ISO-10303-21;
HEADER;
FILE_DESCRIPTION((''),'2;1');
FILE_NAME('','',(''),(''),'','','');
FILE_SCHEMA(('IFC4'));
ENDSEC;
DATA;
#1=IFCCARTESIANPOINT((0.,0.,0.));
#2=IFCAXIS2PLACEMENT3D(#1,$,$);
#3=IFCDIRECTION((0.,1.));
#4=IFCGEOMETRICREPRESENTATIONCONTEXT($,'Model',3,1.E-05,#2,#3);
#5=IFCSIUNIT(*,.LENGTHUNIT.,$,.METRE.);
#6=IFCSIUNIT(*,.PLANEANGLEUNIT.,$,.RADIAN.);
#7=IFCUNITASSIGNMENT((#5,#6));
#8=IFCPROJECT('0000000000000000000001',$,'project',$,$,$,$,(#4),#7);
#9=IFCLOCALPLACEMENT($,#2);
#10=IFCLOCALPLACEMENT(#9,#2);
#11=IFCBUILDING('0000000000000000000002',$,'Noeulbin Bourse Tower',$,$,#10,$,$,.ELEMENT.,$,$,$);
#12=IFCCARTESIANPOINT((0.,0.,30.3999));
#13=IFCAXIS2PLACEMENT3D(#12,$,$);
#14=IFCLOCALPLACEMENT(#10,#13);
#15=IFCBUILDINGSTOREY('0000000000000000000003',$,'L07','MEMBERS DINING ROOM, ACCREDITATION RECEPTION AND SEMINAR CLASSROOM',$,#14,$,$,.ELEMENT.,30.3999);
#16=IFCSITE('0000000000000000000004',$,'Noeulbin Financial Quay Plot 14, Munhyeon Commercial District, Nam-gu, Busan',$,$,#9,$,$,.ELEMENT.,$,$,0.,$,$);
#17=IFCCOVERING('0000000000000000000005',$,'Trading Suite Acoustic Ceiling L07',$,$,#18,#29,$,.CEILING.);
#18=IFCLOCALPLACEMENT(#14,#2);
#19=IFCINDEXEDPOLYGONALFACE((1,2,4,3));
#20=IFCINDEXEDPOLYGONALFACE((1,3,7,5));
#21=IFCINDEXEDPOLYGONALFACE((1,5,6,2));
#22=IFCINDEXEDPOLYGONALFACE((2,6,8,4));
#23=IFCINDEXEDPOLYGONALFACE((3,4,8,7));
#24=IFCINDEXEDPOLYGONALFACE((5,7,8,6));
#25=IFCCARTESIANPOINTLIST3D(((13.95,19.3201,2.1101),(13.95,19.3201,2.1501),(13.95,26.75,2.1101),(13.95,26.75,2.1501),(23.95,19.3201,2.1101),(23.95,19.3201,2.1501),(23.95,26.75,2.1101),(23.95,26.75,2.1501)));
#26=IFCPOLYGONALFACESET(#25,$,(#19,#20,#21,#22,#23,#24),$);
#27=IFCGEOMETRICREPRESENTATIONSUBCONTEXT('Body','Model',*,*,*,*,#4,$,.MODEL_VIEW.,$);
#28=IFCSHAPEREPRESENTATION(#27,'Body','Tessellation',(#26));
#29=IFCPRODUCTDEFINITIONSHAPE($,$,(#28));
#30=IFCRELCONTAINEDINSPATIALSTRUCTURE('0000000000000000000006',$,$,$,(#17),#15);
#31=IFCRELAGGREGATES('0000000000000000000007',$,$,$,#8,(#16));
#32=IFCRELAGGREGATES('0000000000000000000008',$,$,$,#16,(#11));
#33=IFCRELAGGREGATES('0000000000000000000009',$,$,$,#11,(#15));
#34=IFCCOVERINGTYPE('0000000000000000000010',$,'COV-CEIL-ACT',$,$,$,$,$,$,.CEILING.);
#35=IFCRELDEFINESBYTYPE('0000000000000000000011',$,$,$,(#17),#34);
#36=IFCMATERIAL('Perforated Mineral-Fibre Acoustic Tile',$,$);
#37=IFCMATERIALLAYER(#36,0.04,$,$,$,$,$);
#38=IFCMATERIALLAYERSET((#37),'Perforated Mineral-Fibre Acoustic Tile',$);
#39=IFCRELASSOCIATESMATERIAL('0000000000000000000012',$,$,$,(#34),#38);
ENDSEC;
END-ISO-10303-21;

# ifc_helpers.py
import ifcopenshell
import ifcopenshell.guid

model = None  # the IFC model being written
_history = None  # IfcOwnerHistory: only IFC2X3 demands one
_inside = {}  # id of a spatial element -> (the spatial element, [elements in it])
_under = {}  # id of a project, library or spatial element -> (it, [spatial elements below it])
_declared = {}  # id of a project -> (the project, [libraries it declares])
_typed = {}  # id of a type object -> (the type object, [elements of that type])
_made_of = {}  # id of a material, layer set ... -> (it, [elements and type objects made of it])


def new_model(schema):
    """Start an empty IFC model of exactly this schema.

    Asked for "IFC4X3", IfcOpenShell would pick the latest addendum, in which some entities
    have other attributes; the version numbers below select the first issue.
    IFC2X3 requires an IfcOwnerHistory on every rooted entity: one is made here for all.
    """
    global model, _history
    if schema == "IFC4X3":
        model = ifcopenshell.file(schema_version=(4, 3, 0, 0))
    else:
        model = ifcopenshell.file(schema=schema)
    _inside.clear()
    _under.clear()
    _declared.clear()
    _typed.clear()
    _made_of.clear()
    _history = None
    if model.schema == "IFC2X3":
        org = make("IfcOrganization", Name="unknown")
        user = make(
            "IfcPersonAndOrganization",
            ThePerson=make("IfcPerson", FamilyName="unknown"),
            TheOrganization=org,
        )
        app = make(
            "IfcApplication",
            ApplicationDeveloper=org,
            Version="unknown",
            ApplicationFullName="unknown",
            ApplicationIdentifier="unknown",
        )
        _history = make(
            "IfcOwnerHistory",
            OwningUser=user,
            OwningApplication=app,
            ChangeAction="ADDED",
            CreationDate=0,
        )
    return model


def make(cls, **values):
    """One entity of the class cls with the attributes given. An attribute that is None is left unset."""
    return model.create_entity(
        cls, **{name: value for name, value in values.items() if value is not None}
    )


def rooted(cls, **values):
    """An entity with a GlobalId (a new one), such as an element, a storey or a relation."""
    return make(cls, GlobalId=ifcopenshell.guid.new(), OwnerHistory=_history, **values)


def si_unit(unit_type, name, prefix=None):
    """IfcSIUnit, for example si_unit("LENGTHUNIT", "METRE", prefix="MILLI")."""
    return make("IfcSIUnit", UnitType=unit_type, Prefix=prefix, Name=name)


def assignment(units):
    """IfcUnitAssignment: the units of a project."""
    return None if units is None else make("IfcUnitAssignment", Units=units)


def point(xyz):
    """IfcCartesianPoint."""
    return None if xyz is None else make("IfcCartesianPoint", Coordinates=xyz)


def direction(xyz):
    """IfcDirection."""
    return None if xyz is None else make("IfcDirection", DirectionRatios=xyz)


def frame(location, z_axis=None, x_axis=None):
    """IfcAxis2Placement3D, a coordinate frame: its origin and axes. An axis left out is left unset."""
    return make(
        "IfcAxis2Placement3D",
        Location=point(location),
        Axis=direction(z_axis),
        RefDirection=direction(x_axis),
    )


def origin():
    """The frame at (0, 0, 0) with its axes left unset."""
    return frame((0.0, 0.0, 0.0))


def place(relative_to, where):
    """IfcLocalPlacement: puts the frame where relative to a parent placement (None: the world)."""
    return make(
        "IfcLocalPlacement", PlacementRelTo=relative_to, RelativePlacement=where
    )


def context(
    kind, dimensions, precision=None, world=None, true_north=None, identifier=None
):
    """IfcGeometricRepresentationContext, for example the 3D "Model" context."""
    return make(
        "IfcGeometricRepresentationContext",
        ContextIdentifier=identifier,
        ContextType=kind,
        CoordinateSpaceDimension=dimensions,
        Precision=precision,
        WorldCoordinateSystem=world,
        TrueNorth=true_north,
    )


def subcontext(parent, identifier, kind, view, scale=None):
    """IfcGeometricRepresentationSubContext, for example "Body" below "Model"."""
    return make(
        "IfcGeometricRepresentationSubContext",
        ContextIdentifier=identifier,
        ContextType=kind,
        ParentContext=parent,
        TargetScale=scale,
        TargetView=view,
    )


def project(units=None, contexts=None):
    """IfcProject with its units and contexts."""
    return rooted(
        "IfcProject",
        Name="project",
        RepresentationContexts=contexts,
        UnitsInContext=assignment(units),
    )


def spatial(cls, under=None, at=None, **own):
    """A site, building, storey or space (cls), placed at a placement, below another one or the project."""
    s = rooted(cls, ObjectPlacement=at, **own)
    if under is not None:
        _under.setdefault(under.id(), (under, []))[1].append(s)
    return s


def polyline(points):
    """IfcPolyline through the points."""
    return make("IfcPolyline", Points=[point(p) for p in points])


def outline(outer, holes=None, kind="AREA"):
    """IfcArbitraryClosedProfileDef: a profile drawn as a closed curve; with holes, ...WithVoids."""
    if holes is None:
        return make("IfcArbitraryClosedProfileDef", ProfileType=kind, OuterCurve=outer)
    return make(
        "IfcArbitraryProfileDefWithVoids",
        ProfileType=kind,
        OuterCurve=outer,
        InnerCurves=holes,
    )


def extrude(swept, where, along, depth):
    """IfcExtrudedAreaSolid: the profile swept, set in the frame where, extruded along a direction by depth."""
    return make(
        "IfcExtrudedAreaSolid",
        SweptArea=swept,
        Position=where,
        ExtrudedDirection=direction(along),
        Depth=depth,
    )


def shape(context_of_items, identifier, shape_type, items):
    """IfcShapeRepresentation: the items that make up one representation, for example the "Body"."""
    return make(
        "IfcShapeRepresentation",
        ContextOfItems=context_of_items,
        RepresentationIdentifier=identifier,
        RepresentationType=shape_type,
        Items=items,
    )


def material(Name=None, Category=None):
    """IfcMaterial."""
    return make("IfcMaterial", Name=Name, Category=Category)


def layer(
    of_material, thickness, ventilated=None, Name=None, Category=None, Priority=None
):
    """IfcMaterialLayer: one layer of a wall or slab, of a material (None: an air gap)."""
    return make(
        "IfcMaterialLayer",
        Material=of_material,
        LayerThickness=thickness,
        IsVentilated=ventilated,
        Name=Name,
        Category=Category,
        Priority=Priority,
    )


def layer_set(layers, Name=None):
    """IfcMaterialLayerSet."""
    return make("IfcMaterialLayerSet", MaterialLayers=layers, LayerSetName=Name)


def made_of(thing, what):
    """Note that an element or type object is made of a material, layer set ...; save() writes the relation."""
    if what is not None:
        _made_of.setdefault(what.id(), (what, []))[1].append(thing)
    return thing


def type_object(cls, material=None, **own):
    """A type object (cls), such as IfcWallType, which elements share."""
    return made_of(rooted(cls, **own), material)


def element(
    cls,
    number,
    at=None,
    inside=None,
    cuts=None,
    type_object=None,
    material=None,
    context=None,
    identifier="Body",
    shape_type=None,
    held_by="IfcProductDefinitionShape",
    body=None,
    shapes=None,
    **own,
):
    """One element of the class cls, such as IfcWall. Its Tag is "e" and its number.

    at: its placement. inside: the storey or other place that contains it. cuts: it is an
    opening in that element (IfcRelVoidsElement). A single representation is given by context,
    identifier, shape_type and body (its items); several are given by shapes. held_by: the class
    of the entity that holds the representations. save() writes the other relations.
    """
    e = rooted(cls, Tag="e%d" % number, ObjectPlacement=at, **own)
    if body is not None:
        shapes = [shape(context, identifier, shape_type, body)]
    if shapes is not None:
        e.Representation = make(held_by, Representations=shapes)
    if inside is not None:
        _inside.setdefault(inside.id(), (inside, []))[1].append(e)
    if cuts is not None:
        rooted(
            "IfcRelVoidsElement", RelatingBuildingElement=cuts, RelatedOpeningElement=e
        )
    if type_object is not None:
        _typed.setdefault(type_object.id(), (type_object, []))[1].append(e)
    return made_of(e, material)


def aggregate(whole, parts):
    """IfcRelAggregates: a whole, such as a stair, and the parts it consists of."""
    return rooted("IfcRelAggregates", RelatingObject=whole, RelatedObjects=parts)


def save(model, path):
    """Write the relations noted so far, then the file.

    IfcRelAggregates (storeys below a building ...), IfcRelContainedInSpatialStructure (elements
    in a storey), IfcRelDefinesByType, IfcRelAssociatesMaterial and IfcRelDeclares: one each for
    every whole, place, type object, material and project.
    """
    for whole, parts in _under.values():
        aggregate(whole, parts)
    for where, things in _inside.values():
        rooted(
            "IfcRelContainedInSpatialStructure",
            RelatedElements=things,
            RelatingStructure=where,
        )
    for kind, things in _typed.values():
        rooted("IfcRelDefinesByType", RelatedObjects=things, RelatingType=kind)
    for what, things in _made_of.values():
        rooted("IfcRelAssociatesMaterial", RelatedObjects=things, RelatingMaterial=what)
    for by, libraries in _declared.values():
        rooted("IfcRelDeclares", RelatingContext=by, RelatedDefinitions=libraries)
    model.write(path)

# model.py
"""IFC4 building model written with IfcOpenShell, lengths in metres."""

from ifc_helpers import new_model, si_unit, direction, frame, origin, place, context, subcontext, project, spatial, polyline, outline, extrude, material, layer, layer_set, type_object, element, save


model = new_model("IFC4")

# Units and contexts
model_context = context("Model", 3, precision=1e-05, world=origin(), true_north=direction((0.0, 1.0)))
body_context = subcontext(model_context, "Body", "Model", "MODEL_VIEW")
ifc_project = project(units=[si_unit("LENGTHUNIT", "METRE"), si_unit("PLANEANGLEUNIT", "RADIAN")], contexts=[model_context])

# Site, building, storey
site_placement = place(None, origin())
site = spatial("IfcSite", under=ifc_project, at=site_placement, Name="Noeulbin Financial Quay Plot 14, Munhyeon Commercial District, Nam-gu, Busan", CompositionType="ELEMENT", RefElevation=0.0)
building_placement = place(site_placement, origin())
building = spatial("IfcBuilding", under=site, at=building_placement, Name="Noeulbin Bourse Tower", CompositionType="ELEMENT")
storey_placement = place(building_placement, frame((0.0, 0.0, 30.3999)))
storey = spatial("IfcBuildingStorey", under=building, at=storey_placement, Name="L07", Description="MEMBERS DINING ROOM, ACCREDITATION RECEPTION AND SEMINAR CLASSROOM", CompositionType="ELEMENT", Elevation=30.3999)

# Covering
ifc_material_1 = material(Name="Perforated Mineral-Fibre Acoustic Tile")
ifc_layer_1 = layer(ifc_material_1, 0.04)
ifc_layer_set_1 = layer_set([ifc_layer_1], Name="Perforated Mineral-Fibre Acoustic Tile")
covering_type = type_object("IfcCoveringType", Name="COV-CEIL-ACT", PredefinedType="CEILING", material=ifc_layer_set_1)
covering_1_placement = place(storey_placement, frame((0.0, 0.0, 2.1101)))
element("IfcCovering", 1, at=covering_1_placement, inside=storey, type_object=covering_type, Name="Trading Suite Acoustic Ceiling L07", PredefinedType="CEILING", context=body_context, shape_type="SweptSolid", body=[
    extrude(outline(polyline([(13.95, 19.3201), (23.95, 19.3201), (23.95, 26.75), (13.95, 26.75), (13.95, 19.3201)])), origin(), (0.0, 0.0, 1.0), 0.04),
])

save(model, "model.ifc")
